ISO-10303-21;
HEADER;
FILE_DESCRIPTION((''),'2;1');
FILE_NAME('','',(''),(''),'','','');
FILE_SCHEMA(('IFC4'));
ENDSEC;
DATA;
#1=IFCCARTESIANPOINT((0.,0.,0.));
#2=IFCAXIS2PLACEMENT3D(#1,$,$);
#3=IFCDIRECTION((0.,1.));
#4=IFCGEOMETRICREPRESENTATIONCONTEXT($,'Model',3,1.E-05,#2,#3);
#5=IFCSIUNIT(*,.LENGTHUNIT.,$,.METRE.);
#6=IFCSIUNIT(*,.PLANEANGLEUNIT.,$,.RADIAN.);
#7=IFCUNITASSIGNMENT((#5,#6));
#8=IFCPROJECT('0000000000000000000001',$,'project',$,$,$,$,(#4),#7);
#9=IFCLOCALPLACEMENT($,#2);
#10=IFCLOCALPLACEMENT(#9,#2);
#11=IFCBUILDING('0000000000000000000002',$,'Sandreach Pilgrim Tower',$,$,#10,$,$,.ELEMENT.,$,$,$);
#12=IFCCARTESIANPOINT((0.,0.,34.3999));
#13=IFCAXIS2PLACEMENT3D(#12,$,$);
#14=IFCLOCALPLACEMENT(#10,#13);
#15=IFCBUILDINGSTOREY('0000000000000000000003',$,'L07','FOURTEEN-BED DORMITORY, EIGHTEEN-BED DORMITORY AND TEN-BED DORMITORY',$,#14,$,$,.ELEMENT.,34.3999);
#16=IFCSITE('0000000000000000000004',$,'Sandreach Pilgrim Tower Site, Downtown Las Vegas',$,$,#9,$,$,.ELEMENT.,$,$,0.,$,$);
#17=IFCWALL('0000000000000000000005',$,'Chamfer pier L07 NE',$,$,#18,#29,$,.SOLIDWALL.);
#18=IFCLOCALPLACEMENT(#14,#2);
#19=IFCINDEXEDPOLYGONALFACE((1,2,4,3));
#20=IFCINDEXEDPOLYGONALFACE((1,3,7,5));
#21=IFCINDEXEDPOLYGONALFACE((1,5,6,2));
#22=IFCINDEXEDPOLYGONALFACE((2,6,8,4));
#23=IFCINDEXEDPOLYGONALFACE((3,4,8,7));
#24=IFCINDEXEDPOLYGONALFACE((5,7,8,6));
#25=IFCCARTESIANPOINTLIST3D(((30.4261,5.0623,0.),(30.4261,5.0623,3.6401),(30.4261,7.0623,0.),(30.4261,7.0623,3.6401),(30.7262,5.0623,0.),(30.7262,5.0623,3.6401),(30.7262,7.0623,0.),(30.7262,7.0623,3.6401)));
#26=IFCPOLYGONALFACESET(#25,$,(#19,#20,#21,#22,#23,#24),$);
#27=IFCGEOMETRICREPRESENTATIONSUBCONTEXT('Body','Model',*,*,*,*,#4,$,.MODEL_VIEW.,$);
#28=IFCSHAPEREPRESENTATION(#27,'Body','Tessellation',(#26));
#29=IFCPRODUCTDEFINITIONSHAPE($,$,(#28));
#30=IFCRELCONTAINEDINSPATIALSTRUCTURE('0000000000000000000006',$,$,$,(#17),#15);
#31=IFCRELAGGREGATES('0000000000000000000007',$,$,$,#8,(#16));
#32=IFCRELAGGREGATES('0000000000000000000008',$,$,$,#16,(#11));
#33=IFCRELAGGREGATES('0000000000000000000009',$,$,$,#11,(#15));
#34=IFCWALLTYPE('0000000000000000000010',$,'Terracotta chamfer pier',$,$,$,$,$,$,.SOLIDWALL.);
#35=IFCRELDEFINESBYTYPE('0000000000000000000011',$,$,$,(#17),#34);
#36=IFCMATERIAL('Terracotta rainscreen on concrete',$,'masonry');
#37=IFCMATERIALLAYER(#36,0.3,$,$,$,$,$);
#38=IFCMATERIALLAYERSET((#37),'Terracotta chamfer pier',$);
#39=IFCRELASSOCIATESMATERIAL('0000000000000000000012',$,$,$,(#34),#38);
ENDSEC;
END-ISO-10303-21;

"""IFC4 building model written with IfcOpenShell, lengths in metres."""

from ifc_helpers import new_model, si_unit, direction, frame, frame_2d, origin, place, context, subcontext, project, spatial, rectangle, extrude, material, layer, layer_set, type_object, element, save


model = new_model("IFC4")

# Units and contexts
model_context = context("Model", 3, precision=1e-05, world=origin(), true_north=direction((0.0, 1.0)))
body_context = subcontext(model_context, "Body", "Model", "MODEL_VIEW")
ifc_project = project(units=[si_unit("LENGTHUNIT", "METRE"), si_unit("PLANEANGLEUNIT", "RADIAN")], contexts=[model_context])

# Site, building, storey
site_placement = place(None, origin())
site = spatial("IfcSite", under=ifc_project, at=site_placement, Name="Sandreach Pilgrim Tower Site, Downtown Las Vegas", CompositionType="ELEMENT", RefElevation=0.0)
building_placement = place(site_placement, origin())
building = spatial("IfcBuilding", under=site, at=building_placement, Name="Sandreach Pilgrim Tower", CompositionType="ELEMENT")
storey_placement = place(building_placement, frame((0.0, 0.0, 34.3999)))
storey = spatial("IfcBuildingStorey", under=building, at=storey_placement, Name="L07", Description="FOURTEEN-BED DORMITORY, EIGHTEEN-BED DORMITORY AND TEN-BED DORMITORY", CompositionType="ELEMENT", Elevation=34.3999)

# Wall
ifc_material_1 = material(Name="Terracotta rainscreen on concrete", Category="masonry")
ifc_layer_1 = layer(ifc_material_1, 0.3)
ifc_layer_set_1 = layer_set([ifc_layer_1], Name="Terracotta chamfer pier")
wall_type_1 = type_object("IfcWallType", Name="Terracotta chamfer pier", PredefinedType="SOLIDWALL", material=ifc_layer_set_1)
wall_1_placement = place(storey_placement, frame((30.5762, 7.0623, 0.0), z_axis=(0.0, 0.0, 1.0), x_axis=(0.0, -1.0, 0.0)))
element("IfcWall", 1, at=wall_1_placement, inside=storey, type_object=wall_type_1, Name="Chamfer pier L07 NE", PredefinedType="SOLIDWALL", context=body_context, shape_type="SweptSolid", body=[
    extrude(rectangle(XDim=2.0, YDim=0.3, at=frame_2d((1.0, 0.0))), origin(), (0.0, 0.0, 1.0), 3.6401),
])

save(model, "model.ifc")
